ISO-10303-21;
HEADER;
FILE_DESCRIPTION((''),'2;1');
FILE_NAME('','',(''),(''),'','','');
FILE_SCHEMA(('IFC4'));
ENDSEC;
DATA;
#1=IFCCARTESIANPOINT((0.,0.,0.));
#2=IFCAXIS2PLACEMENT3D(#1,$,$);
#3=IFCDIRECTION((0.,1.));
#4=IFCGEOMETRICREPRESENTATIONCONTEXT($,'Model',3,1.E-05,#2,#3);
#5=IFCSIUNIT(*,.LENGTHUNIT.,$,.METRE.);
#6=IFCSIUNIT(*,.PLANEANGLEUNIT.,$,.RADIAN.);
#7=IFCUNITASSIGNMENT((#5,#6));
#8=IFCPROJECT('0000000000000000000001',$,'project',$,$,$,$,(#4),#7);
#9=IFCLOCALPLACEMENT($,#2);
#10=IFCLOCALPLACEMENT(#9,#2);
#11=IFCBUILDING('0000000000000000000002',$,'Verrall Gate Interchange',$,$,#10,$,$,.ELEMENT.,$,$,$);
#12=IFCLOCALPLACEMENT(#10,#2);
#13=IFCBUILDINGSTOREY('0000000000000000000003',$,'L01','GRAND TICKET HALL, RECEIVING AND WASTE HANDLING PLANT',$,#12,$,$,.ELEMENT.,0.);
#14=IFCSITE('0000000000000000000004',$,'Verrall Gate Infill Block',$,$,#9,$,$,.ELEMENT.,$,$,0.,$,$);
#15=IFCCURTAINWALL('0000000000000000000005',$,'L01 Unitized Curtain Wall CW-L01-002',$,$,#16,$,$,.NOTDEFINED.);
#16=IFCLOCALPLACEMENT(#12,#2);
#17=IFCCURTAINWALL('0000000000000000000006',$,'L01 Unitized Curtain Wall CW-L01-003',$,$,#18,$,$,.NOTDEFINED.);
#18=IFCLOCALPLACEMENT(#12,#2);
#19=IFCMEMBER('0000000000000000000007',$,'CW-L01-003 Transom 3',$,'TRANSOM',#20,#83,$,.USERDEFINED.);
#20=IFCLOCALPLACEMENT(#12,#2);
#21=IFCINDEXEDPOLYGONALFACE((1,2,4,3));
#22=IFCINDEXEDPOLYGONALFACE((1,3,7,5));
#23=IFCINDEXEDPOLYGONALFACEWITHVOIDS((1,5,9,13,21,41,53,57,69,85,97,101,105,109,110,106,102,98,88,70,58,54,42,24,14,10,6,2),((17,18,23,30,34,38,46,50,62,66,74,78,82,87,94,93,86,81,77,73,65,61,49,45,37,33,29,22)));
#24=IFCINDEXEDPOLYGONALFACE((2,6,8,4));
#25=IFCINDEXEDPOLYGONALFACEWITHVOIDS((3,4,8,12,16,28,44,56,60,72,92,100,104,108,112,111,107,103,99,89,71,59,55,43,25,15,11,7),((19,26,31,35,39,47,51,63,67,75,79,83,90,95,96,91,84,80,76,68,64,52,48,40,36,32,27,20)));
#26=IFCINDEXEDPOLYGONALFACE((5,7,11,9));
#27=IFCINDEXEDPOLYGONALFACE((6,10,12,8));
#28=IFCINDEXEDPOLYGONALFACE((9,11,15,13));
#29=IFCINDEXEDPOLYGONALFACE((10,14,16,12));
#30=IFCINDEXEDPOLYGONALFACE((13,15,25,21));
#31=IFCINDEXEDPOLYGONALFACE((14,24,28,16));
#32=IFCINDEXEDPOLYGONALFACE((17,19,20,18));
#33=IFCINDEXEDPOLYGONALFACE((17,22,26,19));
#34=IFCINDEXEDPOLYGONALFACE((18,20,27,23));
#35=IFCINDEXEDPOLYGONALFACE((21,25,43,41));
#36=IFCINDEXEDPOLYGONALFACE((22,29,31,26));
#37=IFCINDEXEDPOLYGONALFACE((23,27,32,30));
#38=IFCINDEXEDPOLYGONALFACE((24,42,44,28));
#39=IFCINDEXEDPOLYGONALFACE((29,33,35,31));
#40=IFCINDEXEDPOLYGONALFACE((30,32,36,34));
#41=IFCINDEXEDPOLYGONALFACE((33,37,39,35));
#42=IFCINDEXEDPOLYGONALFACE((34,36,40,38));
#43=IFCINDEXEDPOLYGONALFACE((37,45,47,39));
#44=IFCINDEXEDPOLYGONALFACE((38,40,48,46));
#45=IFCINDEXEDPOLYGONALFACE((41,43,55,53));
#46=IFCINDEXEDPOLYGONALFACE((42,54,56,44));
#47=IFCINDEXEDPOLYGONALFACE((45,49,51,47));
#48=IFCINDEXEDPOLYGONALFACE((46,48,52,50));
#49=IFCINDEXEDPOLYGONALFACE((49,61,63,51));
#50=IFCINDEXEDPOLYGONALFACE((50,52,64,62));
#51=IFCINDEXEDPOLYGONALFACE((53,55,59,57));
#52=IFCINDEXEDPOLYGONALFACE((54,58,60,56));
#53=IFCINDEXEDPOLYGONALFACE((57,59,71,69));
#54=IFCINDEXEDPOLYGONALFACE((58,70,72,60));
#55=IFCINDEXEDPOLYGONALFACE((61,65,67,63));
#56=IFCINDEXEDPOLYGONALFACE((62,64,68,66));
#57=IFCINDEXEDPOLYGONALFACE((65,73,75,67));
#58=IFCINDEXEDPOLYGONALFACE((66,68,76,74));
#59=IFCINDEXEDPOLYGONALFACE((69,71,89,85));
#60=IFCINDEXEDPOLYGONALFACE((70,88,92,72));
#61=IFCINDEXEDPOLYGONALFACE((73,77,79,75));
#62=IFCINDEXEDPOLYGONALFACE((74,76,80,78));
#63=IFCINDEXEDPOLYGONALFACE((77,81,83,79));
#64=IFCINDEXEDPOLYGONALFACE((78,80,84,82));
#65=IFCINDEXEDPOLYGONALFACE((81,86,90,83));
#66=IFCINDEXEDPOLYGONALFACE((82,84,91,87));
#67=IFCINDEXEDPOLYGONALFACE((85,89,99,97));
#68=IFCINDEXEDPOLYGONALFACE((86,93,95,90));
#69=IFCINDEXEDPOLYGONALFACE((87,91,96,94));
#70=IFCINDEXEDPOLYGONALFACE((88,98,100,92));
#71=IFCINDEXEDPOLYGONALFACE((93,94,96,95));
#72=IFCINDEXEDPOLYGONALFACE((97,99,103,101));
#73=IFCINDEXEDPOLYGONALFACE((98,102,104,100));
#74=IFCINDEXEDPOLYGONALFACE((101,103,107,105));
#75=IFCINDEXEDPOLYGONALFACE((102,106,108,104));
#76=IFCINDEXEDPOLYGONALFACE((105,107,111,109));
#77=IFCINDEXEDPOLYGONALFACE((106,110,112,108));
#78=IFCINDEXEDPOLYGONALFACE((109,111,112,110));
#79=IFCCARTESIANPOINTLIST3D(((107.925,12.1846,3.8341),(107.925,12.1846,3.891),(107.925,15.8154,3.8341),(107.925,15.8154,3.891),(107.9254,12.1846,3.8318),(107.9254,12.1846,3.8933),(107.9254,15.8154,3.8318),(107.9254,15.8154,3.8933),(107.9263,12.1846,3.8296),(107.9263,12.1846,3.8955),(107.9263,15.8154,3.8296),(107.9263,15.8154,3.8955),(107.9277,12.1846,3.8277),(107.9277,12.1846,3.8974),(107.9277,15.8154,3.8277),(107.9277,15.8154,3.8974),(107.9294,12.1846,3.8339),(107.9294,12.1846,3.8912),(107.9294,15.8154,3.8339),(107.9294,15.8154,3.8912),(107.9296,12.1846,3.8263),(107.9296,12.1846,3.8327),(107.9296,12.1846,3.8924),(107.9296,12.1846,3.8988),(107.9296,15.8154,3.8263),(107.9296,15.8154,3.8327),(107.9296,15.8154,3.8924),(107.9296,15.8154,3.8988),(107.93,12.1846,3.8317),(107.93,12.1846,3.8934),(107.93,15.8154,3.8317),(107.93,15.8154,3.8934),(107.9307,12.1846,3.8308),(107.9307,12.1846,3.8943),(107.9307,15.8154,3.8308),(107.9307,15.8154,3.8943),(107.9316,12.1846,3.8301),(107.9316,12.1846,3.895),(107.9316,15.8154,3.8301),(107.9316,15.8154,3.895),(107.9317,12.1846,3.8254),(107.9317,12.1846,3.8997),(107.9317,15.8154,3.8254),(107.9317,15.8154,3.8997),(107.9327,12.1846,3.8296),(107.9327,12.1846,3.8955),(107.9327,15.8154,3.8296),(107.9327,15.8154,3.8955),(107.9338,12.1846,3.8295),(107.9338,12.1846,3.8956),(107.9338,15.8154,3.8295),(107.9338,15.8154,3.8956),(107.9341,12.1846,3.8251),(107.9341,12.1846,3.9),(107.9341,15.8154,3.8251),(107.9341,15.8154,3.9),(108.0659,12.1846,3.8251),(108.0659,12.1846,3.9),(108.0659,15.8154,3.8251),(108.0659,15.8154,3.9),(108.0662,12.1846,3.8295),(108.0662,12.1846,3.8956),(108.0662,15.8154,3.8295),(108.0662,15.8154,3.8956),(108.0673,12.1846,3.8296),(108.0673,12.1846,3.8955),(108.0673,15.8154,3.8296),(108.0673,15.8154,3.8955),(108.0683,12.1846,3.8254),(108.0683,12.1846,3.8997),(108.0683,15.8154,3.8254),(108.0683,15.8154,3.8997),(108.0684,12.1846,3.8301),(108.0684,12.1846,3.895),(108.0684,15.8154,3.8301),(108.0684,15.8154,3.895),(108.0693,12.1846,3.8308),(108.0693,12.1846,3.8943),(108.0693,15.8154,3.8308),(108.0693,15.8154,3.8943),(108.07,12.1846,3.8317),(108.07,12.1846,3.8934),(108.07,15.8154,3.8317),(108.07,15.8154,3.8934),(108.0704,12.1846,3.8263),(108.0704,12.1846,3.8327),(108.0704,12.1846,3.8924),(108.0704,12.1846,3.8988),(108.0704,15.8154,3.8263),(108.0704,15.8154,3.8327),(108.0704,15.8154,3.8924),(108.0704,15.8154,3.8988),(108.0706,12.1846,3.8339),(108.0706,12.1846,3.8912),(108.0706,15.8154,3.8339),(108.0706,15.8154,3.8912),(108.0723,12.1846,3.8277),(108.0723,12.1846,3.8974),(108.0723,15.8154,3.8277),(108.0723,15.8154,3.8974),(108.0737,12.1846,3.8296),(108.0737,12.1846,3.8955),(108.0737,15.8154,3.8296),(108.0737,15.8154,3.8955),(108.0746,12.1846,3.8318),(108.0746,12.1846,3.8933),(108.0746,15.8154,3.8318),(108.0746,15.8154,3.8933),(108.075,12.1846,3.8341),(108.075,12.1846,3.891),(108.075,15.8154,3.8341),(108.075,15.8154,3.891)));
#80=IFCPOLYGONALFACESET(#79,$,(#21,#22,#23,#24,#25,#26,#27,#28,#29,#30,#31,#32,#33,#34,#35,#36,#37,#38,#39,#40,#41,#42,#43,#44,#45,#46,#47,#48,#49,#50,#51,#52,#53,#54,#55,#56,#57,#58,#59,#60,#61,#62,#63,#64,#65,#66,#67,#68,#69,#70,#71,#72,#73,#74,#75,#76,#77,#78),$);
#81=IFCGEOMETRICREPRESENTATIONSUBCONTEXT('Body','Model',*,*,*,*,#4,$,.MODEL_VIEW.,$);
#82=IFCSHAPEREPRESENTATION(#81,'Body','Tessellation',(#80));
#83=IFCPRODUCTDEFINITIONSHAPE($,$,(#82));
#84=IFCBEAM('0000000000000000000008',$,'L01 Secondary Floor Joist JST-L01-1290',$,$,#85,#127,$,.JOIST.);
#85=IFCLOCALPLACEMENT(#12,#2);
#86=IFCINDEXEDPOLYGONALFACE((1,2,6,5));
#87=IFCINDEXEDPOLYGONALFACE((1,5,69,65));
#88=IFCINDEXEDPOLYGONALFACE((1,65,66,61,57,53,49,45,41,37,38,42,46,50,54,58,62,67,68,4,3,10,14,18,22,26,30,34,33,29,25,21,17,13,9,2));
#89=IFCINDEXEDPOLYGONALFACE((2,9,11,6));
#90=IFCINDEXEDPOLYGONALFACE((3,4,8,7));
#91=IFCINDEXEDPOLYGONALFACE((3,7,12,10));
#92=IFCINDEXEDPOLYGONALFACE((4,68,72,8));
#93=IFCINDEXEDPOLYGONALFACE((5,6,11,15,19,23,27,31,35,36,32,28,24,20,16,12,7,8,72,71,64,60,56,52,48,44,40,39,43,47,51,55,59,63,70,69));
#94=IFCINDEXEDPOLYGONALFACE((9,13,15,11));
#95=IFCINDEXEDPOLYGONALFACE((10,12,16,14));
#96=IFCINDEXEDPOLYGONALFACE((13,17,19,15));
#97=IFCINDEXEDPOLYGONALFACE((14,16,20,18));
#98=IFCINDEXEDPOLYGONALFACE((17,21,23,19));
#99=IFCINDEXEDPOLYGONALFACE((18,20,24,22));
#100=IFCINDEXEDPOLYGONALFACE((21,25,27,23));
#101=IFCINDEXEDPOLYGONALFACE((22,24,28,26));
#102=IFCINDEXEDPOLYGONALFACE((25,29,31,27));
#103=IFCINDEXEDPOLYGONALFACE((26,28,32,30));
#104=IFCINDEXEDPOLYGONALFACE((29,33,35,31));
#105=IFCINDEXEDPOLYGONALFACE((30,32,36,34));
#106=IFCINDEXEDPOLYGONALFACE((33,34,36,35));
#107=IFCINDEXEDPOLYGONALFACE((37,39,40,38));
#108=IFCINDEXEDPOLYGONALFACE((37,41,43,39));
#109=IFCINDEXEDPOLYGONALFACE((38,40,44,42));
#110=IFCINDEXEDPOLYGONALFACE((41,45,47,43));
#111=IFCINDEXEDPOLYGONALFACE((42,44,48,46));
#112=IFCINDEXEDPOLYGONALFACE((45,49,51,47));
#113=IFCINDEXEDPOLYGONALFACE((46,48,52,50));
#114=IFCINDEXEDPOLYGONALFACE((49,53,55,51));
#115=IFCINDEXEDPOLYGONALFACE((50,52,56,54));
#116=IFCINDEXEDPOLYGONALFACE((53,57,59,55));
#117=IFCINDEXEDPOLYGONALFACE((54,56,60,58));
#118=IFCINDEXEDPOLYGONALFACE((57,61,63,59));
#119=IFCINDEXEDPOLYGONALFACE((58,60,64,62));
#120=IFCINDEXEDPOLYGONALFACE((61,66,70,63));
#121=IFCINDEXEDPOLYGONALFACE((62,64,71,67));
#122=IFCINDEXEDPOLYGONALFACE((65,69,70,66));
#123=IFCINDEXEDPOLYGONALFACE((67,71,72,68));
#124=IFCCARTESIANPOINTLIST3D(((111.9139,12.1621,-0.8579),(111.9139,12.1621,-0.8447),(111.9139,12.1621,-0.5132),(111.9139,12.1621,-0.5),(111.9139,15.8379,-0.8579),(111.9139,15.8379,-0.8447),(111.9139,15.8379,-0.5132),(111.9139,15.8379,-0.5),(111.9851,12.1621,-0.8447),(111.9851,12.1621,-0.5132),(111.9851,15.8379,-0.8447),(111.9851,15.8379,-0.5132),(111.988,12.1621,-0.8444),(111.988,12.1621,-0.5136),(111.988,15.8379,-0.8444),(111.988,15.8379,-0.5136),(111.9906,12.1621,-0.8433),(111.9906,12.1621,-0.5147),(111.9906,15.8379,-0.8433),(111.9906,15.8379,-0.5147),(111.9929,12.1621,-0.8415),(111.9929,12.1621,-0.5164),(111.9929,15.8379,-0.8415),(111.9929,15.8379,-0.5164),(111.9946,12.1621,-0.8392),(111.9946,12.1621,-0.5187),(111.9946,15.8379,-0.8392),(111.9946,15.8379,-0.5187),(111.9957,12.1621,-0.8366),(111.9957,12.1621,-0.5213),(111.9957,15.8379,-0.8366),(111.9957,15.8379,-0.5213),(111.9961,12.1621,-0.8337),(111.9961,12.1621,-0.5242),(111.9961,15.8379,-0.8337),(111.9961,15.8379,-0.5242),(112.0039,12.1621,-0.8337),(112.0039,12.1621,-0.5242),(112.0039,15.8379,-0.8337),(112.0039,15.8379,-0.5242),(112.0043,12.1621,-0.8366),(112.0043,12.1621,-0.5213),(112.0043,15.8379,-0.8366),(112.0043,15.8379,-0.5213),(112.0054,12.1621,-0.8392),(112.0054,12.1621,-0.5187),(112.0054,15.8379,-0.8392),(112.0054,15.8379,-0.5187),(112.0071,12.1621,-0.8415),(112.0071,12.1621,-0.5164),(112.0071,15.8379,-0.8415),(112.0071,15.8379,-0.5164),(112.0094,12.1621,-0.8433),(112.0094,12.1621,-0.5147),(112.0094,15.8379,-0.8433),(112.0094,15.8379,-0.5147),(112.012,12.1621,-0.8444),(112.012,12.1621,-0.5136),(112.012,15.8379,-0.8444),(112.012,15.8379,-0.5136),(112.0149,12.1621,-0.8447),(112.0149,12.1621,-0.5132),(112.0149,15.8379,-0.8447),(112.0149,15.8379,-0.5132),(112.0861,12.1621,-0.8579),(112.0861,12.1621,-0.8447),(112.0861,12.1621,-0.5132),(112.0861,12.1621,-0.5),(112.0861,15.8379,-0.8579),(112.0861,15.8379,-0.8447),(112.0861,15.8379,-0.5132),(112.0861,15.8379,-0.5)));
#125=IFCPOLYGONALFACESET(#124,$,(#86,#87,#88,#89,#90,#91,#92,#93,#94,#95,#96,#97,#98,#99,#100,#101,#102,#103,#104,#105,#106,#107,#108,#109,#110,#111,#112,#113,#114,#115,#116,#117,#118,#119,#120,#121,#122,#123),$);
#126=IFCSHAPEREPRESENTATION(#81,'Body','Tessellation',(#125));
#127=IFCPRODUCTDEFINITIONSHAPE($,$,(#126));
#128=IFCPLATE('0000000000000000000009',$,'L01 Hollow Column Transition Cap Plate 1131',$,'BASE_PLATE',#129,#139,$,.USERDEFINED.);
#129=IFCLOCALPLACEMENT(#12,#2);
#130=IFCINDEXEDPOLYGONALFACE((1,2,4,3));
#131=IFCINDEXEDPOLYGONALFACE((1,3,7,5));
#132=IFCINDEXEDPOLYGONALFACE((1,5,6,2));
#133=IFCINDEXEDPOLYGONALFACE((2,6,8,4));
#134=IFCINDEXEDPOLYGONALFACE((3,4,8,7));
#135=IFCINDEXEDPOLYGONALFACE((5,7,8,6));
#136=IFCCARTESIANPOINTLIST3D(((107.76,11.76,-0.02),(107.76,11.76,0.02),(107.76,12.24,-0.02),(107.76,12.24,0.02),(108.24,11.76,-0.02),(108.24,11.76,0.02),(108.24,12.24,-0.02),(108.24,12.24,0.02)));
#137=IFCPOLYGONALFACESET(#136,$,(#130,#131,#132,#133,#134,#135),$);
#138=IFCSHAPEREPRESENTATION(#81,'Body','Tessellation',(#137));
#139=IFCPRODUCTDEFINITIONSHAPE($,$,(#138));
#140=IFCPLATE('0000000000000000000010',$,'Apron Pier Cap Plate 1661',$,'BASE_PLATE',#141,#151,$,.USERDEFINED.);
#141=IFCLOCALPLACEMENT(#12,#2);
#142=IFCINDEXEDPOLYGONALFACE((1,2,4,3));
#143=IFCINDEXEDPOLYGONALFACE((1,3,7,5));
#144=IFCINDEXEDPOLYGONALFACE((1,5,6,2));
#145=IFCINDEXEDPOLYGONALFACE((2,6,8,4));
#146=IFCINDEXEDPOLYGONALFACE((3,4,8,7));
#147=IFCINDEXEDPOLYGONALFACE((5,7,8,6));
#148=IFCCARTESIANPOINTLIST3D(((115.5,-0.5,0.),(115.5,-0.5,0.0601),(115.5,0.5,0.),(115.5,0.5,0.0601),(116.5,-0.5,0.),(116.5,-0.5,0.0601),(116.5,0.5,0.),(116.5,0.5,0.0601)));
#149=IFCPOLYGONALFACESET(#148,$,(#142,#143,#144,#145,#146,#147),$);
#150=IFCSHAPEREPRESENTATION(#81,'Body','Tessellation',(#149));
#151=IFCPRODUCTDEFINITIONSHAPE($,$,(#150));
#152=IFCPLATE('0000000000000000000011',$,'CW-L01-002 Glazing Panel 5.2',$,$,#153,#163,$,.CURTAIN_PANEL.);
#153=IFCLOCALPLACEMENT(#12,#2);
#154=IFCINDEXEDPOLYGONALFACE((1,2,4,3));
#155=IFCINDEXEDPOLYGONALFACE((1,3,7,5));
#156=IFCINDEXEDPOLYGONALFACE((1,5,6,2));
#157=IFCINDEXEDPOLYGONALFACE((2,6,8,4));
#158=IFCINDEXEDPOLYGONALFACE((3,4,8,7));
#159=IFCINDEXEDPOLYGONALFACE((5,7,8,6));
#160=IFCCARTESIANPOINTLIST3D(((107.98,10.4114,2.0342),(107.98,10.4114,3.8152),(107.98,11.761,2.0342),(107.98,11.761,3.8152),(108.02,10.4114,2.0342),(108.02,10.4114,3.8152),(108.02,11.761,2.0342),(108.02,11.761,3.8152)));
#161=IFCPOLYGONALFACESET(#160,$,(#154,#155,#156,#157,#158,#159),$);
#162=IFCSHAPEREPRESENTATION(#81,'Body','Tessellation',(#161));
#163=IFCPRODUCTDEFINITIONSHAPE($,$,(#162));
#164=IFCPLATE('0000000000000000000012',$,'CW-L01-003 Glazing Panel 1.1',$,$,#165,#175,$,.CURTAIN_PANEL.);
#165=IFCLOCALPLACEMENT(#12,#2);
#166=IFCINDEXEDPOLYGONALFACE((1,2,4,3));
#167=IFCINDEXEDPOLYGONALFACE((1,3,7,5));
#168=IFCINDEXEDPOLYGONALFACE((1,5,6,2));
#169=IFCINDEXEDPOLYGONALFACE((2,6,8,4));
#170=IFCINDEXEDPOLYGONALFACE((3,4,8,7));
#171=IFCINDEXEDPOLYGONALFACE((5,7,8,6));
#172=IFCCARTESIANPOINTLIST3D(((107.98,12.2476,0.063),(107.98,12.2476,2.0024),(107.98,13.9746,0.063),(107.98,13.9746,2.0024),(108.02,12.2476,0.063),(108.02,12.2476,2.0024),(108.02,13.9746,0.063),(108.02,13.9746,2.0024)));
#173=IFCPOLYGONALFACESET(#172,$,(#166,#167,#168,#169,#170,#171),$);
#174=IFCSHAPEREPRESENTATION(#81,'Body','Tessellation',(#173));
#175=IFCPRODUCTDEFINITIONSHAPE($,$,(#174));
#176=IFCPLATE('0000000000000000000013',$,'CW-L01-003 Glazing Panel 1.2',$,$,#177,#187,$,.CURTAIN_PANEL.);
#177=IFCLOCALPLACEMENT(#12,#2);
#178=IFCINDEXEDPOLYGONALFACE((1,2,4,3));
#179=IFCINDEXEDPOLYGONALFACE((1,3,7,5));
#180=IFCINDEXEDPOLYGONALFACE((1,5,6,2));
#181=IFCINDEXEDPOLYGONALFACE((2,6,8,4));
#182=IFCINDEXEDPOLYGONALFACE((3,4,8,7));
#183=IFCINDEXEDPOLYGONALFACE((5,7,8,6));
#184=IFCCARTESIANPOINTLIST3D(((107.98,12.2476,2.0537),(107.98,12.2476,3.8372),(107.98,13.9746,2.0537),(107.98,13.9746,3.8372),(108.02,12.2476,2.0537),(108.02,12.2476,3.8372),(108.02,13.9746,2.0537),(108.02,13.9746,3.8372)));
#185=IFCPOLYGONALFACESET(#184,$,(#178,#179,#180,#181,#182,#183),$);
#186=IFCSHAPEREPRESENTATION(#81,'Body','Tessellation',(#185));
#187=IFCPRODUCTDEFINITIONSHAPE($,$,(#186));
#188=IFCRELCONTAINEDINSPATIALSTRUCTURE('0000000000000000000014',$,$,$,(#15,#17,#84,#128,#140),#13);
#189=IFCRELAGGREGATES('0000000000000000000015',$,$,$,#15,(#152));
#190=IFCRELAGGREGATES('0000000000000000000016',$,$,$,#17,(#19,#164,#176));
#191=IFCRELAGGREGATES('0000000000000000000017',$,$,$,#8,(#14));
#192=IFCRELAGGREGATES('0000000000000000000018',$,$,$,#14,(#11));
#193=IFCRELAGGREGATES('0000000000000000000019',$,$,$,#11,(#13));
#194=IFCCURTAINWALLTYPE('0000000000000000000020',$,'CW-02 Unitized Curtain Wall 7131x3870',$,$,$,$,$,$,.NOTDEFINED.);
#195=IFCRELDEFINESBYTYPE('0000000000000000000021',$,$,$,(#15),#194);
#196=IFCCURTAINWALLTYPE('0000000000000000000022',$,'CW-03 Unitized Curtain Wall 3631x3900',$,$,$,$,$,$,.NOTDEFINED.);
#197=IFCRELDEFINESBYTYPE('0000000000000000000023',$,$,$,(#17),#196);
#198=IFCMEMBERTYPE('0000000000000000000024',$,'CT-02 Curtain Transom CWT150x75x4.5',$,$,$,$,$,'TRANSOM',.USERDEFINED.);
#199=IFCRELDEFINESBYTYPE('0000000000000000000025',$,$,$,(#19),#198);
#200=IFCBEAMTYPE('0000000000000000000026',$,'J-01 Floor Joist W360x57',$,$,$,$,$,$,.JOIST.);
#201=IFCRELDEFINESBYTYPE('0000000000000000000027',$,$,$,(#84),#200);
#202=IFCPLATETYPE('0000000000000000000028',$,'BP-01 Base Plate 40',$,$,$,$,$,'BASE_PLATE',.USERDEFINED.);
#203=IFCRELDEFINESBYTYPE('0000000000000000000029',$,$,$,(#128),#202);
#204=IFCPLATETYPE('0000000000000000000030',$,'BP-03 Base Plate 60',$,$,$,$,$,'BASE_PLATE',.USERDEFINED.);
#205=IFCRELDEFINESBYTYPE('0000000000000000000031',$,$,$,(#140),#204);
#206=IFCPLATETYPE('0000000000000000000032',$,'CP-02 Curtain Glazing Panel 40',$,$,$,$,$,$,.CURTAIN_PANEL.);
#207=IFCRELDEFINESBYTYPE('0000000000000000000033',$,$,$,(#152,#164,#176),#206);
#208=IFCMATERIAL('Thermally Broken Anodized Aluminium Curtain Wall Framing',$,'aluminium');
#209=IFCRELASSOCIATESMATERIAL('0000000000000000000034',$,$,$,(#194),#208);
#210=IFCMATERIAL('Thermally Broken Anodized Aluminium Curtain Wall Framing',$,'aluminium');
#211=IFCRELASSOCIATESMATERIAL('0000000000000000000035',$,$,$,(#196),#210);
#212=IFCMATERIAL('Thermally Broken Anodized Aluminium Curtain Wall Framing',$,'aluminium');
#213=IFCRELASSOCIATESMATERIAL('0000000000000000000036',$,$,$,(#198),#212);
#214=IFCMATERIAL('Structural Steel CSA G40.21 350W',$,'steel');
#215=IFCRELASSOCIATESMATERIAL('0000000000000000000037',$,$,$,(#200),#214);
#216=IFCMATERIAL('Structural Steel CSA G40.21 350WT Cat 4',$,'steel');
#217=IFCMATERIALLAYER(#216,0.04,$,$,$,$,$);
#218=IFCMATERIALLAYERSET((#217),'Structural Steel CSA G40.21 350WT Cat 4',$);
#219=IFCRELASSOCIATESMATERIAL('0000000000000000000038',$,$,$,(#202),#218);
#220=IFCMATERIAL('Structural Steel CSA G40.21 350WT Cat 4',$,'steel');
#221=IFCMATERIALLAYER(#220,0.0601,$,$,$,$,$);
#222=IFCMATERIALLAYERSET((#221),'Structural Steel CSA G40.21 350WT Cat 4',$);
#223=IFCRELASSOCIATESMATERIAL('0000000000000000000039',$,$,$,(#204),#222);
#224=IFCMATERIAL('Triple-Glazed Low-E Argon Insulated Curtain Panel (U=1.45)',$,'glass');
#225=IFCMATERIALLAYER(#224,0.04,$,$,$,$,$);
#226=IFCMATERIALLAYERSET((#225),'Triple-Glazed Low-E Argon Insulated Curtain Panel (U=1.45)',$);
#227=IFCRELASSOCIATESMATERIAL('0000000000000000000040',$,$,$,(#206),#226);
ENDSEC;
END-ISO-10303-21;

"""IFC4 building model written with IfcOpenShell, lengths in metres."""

from ifc_helpers import new_model, si_unit, direction, frame, origin, origin_2d, place, context, subcontext, project, spatial, rectangle, hollow_rectangle, i_section, extrude, material, layer, layer_set, material_profile, profile_set, type_object, element, aggregate, save


model = new_model("IFC4")

# Units and contexts
model_context = context("Model", 3, precision=1e-05, world=origin(), true_north=direction((0.0, 1.0)))
body_context = subcontext(model_context, "Body", "Model", "MODEL_VIEW")
ifc_project = project(units=[si_unit("LENGTHUNIT", "METRE"), si_unit("PLANEANGLEUNIT", "RADIAN")], contexts=[model_context])

# Site, building, storey
site_placement = place(None, origin())
site = spatial("IfcSite", under=ifc_project, at=site_placement, Name="Verrall Gate Infill Block", CompositionType="ELEMENT", RefElevation=0.0)
building_placement = place(site_placement, origin())
building = spatial("IfcBuilding", under=site, at=building_placement, Name="Verrall Gate Interchange", CompositionType="ELEMENT")
storey_placement = place(building_placement, origin())
storey = spatial("IfcBuildingStorey", under=building, at=storey_placement, Name="L01", Description="GRAND TICKET HALL, RECEIVING AND WASTE HANDLING PLANT", CompositionType="ELEMENT", Elevation=0.0)

# Curtain wall
ifc_material_1 = material(Name="Thermally Broken Anodized Aluminium Curtain Wall Framing", Category="aluminium")
curtain_wall_type_1 = type_object("IfcCurtainWallType", Name="CW-02 Unitized Curtain Wall 7131x3870", PredefinedType="NOTDEFINED", material=ifc_material_1)
curtain_wall_1_placement = place(storey_placement, origin())
curtain_wall_1 = element("IfcCurtainWall", 1, at=curtain_wall_1_placement, inside=storey, type_object=curtain_wall_type_1, Name="L01 Unitized Curtain Wall CW-L01-002", PredefinedType="NOTDEFINED")

# Curtain wall, member
ifc_material_2 = material(Name="Thermally Broken Anodized Aluminium Curtain Wall Framing", Category="aluminium")
curtain_wall_type_2 = type_object("IfcCurtainWallType", Name="CW-03 Unitized Curtain Wall 3631x3900", PredefinedType="NOTDEFINED", material=ifc_material_2)
curtain_wall_2_placement = place(storey_placement, origin())
curtain_wall_2 = element("IfcCurtainWall", 2, at=curtain_wall_2_placement, inside=storey, type_object=curtain_wall_type_2, Name="L01 Unitized Curtain Wall CW-L01-003", PredefinedType="NOTDEFINED")
ifc_material_3 = material(Name="Thermally Broken Anodized Aluminium Curtain Wall Framing", Category="aluminium")
ifc_material_profile_1 = material_profile(ifc_material_3, hollow_rectangle(XDim=0.1499, YDim=0.075, WallThickness=0.0044, InnerFilletRadius=0.0044, OuterFilletRadius=0.009, at=origin_2d()), Name="CWT150x75x4.5")
ifc_profile_set_1 = profile_set([ifc_material_profile_1], Name="Thermally Broken Anodized Aluminium Curtain Wall Framing")
member_type_1 = type_object("IfcMemberType", Name="CT-02 Curtain Transom CWT150x75x4.5", ElementType="TRANSOM", PredefinedType="USERDEFINED", material=ifc_profile_set_1)
member_1_placement = place(storey_placement, frame((108.0, 12.1846, 3.8625), z_axis=(0.0, 1.0, 0.0), x_axis=(-1.0, 0.0, 0.0)))
member_1 = element("IfcMember", 3, at=member_1_placement, type_object=member_type_1, Name="CW-L01-003 Transom 3", ObjectType="TRANSOM", PredefinedType="USERDEFINED", context=body_context, shape_type="SweptSolid", body=[
    extrude(hollow_rectangle(XDim=0.1499, YDim=0.075, WallThickness=0.0044, InnerFilletRadius=0.0044, OuterFilletRadius=0.009, at=origin_2d()), origin(), (0.0, 0.0, 1.0), 3.6309),
])

# Beam
ifc_material_4 = material(Name="Structural Steel CSA G40.21 350W", Category="steel")
ifc_material_profile_2 = material_profile(ifc_material_4, i_section(OverallWidth=0.1721, OverallDepth=0.3579, WebThickness=0.0078, FlangeThickness=0.0132, FilletRadius=0.011, at=origin_2d()), Name="W360x57")
ifc_profile_set_2 = profile_set([ifc_material_profile_2], Name="Structural Steel CSA G40.21 350W")
beam_type_1 = type_object("IfcBeamType", Name="J-01 Floor Joist W360x57", PredefinedType="JOIST", material=ifc_profile_set_2)
beam_placement = place(storey_placement, frame((112.0, 12.1621, -0.679), z_axis=(0.0, 1.0, 0.0), x_axis=(-1.0, 0.0, 0.0)))
element("IfcBeam", 4, at=beam_placement, inside=storey, type_object=beam_type_1, Name="L01 Secondary Floor Joist JST-L01-1290", PredefinedType="JOIST", context=body_context, shape_type="SweptSolid", body=[
    extrude(i_section(OverallWidth=0.1721, OverallDepth=0.3579, WebThickness=0.0078, FlangeThickness=0.0132, FilletRadius=0.011, at=origin_2d()), origin(), (0.0, 0.0, 1.0), 3.6758),
])

# Plates
ifc_material_5 = material(Name="Structural Steel CSA G40.21 350WT Cat 4", Category="steel")
ifc_layer_1 = layer(ifc_material_5, 0.04)
ifc_layer_set_1 = layer_set([ifc_layer_1], Name="Structural Steel CSA G40.21 350WT Cat 4")
plate_type_1 = type_object("IfcPlateType", Name="BP-01 Base Plate 40", ElementType="BASE_PLATE", PredefinedType="USERDEFINED", material=ifc_layer_set_1)
plate_1_placement = place(storey_placement, frame((108.0, 12.0, -0.02), z_axis=(0.0, 0.0, 1.0), x_axis=(1.0, 0.0, 0.0)))
element("IfcPlate", 5, at=plate_1_placement, inside=storey, type_object=plate_type_1, Name="L01 Hollow Column Transition Cap Plate 1131", ObjectType="BASE_PLATE", PredefinedType="USERDEFINED", context=body_context, shape_type="SweptSolid", body=[
    extrude(rectangle(XDim=0.48, YDim=0.48, at=origin_2d()), origin(), (0.0, 0.0, 1.0), 0.04),
])
ifc_material_6 = material(Name="Structural Steel CSA G40.21 350WT Cat 4", Category="steel")
ifc_layer_2 = layer(ifc_material_6, 0.0601)
ifc_layer_set_2 = layer_set([ifc_layer_2], Name="Structural Steel CSA G40.21 350WT Cat 4")
plate_type_2 = type_object("IfcPlateType", Name="BP-03 Base Plate 60", ElementType="BASE_PLATE", PredefinedType="USERDEFINED", material=ifc_layer_set_2)
plate_2_placement = place(storey_placement, frame((116.0, 0.0, 0.0), z_axis=(0.0, 0.0, 1.0), x_axis=(1.0, 0.0, 0.0)))
element("IfcPlate", 6, at=plate_2_placement, inside=storey, type_object=plate_type_2, Name="Apron Pier Cap Plate 1661", ObjectType="BASE_PLATE", PredefinedType="USERDEFINED", context=body_context, shape_type="SweptSolid", body=[
    extrude(rectangle(XDim=1.0, YDim=1.0, at=origin_2d()), origin(), (0.0, 0.0, 1.0), 0.0601),
])

# Plates
ifc_material_7 = material(Name="Triple-Glazed Low-E Argon Insulated Curtain Panel (U=1.45)", Category="glass")
ifc_layer_3 = layer(ifc_material_7, 0.04)
ifc_layer_set_3 = layer_set([ifc_layer_3], Name="Triple-Glazed Low-E Argon Insulated Curtain Panel (U=1.45)")
plate_type_3 = type_object("IfcPlateType", Name="CP-02 Curtain Glazing Panel 40", PredefinedType="CURTAIN_PANEL", material=ifc_layer_set_3)
plate_3_placement = place(storey_placement, frame((108.0, 11.0862, 2.0342), z_axis=(0.0, 0.0, 1.0), x_axis=(0.0, 1.0, 0.0)))
plate_3 = element("IfcPlate", 7, at=plate_3_placement, type_object=plate_type_3, Name="CW-L01-002 Glazing Panel 5.2", PredefinedType="CURTAIN_PANEL", context=body_context, shape_type="SweptSolid", body=[
    extrude(rectangle(XDim=1.3496, YDim=0.04, at=origin_2d()), origin(), (0.0, 0.0, 1.0), 1.781),
])
aggregate(curtain_wall_1, [plate_3])
plate_4_placement = place(storey_placement, frame((108.0, 13.1111, 0.063), z_axis=(0.0, 0.0, 1.0), x_axis=(0.0, 1.0, 0.0)))
plate_4 = element("IfcPlate", 8, at=plate_4_placement, type_object=plate_type_3, Name="CW-L01-003 Glazing Panel 1.1", PredefinedType="CURTAIN_PANEL", context=body_context, shape_type="SweptSolid", body=[
    extrude(rectangle(XDim=1.7271, YDim=0.04, at=origin_2d()), origin(), (0.0, 0.0, 1.0), 1.9395),
])
plate_5_placement = place(storey_placement, frame((108.0, 13.1111, 2.0537), z_axis=(0.0, 0.0, 1.0), x_axis=(0.0, 1.0, 0.0)))
plate_5 = element("IfcPlate", 9, at=plate_5_placement, type_object=plate_type_3, Name="CW-L01-003 Glazing Panel 1.2", PredefinedType="CURTAIN_PANEL", context=body_context, shape_type="SweptSolid", body=[
    extrude(rectangle(XDim=1.7271, YDim=0.04, at=origin_2d()), origin(), (0.0, 0.0, 1.0), 1.7834),
])
aggregate(curtain_wall_2, [member_1, plate_4, plate_5])

save(model, "model.ifc")
